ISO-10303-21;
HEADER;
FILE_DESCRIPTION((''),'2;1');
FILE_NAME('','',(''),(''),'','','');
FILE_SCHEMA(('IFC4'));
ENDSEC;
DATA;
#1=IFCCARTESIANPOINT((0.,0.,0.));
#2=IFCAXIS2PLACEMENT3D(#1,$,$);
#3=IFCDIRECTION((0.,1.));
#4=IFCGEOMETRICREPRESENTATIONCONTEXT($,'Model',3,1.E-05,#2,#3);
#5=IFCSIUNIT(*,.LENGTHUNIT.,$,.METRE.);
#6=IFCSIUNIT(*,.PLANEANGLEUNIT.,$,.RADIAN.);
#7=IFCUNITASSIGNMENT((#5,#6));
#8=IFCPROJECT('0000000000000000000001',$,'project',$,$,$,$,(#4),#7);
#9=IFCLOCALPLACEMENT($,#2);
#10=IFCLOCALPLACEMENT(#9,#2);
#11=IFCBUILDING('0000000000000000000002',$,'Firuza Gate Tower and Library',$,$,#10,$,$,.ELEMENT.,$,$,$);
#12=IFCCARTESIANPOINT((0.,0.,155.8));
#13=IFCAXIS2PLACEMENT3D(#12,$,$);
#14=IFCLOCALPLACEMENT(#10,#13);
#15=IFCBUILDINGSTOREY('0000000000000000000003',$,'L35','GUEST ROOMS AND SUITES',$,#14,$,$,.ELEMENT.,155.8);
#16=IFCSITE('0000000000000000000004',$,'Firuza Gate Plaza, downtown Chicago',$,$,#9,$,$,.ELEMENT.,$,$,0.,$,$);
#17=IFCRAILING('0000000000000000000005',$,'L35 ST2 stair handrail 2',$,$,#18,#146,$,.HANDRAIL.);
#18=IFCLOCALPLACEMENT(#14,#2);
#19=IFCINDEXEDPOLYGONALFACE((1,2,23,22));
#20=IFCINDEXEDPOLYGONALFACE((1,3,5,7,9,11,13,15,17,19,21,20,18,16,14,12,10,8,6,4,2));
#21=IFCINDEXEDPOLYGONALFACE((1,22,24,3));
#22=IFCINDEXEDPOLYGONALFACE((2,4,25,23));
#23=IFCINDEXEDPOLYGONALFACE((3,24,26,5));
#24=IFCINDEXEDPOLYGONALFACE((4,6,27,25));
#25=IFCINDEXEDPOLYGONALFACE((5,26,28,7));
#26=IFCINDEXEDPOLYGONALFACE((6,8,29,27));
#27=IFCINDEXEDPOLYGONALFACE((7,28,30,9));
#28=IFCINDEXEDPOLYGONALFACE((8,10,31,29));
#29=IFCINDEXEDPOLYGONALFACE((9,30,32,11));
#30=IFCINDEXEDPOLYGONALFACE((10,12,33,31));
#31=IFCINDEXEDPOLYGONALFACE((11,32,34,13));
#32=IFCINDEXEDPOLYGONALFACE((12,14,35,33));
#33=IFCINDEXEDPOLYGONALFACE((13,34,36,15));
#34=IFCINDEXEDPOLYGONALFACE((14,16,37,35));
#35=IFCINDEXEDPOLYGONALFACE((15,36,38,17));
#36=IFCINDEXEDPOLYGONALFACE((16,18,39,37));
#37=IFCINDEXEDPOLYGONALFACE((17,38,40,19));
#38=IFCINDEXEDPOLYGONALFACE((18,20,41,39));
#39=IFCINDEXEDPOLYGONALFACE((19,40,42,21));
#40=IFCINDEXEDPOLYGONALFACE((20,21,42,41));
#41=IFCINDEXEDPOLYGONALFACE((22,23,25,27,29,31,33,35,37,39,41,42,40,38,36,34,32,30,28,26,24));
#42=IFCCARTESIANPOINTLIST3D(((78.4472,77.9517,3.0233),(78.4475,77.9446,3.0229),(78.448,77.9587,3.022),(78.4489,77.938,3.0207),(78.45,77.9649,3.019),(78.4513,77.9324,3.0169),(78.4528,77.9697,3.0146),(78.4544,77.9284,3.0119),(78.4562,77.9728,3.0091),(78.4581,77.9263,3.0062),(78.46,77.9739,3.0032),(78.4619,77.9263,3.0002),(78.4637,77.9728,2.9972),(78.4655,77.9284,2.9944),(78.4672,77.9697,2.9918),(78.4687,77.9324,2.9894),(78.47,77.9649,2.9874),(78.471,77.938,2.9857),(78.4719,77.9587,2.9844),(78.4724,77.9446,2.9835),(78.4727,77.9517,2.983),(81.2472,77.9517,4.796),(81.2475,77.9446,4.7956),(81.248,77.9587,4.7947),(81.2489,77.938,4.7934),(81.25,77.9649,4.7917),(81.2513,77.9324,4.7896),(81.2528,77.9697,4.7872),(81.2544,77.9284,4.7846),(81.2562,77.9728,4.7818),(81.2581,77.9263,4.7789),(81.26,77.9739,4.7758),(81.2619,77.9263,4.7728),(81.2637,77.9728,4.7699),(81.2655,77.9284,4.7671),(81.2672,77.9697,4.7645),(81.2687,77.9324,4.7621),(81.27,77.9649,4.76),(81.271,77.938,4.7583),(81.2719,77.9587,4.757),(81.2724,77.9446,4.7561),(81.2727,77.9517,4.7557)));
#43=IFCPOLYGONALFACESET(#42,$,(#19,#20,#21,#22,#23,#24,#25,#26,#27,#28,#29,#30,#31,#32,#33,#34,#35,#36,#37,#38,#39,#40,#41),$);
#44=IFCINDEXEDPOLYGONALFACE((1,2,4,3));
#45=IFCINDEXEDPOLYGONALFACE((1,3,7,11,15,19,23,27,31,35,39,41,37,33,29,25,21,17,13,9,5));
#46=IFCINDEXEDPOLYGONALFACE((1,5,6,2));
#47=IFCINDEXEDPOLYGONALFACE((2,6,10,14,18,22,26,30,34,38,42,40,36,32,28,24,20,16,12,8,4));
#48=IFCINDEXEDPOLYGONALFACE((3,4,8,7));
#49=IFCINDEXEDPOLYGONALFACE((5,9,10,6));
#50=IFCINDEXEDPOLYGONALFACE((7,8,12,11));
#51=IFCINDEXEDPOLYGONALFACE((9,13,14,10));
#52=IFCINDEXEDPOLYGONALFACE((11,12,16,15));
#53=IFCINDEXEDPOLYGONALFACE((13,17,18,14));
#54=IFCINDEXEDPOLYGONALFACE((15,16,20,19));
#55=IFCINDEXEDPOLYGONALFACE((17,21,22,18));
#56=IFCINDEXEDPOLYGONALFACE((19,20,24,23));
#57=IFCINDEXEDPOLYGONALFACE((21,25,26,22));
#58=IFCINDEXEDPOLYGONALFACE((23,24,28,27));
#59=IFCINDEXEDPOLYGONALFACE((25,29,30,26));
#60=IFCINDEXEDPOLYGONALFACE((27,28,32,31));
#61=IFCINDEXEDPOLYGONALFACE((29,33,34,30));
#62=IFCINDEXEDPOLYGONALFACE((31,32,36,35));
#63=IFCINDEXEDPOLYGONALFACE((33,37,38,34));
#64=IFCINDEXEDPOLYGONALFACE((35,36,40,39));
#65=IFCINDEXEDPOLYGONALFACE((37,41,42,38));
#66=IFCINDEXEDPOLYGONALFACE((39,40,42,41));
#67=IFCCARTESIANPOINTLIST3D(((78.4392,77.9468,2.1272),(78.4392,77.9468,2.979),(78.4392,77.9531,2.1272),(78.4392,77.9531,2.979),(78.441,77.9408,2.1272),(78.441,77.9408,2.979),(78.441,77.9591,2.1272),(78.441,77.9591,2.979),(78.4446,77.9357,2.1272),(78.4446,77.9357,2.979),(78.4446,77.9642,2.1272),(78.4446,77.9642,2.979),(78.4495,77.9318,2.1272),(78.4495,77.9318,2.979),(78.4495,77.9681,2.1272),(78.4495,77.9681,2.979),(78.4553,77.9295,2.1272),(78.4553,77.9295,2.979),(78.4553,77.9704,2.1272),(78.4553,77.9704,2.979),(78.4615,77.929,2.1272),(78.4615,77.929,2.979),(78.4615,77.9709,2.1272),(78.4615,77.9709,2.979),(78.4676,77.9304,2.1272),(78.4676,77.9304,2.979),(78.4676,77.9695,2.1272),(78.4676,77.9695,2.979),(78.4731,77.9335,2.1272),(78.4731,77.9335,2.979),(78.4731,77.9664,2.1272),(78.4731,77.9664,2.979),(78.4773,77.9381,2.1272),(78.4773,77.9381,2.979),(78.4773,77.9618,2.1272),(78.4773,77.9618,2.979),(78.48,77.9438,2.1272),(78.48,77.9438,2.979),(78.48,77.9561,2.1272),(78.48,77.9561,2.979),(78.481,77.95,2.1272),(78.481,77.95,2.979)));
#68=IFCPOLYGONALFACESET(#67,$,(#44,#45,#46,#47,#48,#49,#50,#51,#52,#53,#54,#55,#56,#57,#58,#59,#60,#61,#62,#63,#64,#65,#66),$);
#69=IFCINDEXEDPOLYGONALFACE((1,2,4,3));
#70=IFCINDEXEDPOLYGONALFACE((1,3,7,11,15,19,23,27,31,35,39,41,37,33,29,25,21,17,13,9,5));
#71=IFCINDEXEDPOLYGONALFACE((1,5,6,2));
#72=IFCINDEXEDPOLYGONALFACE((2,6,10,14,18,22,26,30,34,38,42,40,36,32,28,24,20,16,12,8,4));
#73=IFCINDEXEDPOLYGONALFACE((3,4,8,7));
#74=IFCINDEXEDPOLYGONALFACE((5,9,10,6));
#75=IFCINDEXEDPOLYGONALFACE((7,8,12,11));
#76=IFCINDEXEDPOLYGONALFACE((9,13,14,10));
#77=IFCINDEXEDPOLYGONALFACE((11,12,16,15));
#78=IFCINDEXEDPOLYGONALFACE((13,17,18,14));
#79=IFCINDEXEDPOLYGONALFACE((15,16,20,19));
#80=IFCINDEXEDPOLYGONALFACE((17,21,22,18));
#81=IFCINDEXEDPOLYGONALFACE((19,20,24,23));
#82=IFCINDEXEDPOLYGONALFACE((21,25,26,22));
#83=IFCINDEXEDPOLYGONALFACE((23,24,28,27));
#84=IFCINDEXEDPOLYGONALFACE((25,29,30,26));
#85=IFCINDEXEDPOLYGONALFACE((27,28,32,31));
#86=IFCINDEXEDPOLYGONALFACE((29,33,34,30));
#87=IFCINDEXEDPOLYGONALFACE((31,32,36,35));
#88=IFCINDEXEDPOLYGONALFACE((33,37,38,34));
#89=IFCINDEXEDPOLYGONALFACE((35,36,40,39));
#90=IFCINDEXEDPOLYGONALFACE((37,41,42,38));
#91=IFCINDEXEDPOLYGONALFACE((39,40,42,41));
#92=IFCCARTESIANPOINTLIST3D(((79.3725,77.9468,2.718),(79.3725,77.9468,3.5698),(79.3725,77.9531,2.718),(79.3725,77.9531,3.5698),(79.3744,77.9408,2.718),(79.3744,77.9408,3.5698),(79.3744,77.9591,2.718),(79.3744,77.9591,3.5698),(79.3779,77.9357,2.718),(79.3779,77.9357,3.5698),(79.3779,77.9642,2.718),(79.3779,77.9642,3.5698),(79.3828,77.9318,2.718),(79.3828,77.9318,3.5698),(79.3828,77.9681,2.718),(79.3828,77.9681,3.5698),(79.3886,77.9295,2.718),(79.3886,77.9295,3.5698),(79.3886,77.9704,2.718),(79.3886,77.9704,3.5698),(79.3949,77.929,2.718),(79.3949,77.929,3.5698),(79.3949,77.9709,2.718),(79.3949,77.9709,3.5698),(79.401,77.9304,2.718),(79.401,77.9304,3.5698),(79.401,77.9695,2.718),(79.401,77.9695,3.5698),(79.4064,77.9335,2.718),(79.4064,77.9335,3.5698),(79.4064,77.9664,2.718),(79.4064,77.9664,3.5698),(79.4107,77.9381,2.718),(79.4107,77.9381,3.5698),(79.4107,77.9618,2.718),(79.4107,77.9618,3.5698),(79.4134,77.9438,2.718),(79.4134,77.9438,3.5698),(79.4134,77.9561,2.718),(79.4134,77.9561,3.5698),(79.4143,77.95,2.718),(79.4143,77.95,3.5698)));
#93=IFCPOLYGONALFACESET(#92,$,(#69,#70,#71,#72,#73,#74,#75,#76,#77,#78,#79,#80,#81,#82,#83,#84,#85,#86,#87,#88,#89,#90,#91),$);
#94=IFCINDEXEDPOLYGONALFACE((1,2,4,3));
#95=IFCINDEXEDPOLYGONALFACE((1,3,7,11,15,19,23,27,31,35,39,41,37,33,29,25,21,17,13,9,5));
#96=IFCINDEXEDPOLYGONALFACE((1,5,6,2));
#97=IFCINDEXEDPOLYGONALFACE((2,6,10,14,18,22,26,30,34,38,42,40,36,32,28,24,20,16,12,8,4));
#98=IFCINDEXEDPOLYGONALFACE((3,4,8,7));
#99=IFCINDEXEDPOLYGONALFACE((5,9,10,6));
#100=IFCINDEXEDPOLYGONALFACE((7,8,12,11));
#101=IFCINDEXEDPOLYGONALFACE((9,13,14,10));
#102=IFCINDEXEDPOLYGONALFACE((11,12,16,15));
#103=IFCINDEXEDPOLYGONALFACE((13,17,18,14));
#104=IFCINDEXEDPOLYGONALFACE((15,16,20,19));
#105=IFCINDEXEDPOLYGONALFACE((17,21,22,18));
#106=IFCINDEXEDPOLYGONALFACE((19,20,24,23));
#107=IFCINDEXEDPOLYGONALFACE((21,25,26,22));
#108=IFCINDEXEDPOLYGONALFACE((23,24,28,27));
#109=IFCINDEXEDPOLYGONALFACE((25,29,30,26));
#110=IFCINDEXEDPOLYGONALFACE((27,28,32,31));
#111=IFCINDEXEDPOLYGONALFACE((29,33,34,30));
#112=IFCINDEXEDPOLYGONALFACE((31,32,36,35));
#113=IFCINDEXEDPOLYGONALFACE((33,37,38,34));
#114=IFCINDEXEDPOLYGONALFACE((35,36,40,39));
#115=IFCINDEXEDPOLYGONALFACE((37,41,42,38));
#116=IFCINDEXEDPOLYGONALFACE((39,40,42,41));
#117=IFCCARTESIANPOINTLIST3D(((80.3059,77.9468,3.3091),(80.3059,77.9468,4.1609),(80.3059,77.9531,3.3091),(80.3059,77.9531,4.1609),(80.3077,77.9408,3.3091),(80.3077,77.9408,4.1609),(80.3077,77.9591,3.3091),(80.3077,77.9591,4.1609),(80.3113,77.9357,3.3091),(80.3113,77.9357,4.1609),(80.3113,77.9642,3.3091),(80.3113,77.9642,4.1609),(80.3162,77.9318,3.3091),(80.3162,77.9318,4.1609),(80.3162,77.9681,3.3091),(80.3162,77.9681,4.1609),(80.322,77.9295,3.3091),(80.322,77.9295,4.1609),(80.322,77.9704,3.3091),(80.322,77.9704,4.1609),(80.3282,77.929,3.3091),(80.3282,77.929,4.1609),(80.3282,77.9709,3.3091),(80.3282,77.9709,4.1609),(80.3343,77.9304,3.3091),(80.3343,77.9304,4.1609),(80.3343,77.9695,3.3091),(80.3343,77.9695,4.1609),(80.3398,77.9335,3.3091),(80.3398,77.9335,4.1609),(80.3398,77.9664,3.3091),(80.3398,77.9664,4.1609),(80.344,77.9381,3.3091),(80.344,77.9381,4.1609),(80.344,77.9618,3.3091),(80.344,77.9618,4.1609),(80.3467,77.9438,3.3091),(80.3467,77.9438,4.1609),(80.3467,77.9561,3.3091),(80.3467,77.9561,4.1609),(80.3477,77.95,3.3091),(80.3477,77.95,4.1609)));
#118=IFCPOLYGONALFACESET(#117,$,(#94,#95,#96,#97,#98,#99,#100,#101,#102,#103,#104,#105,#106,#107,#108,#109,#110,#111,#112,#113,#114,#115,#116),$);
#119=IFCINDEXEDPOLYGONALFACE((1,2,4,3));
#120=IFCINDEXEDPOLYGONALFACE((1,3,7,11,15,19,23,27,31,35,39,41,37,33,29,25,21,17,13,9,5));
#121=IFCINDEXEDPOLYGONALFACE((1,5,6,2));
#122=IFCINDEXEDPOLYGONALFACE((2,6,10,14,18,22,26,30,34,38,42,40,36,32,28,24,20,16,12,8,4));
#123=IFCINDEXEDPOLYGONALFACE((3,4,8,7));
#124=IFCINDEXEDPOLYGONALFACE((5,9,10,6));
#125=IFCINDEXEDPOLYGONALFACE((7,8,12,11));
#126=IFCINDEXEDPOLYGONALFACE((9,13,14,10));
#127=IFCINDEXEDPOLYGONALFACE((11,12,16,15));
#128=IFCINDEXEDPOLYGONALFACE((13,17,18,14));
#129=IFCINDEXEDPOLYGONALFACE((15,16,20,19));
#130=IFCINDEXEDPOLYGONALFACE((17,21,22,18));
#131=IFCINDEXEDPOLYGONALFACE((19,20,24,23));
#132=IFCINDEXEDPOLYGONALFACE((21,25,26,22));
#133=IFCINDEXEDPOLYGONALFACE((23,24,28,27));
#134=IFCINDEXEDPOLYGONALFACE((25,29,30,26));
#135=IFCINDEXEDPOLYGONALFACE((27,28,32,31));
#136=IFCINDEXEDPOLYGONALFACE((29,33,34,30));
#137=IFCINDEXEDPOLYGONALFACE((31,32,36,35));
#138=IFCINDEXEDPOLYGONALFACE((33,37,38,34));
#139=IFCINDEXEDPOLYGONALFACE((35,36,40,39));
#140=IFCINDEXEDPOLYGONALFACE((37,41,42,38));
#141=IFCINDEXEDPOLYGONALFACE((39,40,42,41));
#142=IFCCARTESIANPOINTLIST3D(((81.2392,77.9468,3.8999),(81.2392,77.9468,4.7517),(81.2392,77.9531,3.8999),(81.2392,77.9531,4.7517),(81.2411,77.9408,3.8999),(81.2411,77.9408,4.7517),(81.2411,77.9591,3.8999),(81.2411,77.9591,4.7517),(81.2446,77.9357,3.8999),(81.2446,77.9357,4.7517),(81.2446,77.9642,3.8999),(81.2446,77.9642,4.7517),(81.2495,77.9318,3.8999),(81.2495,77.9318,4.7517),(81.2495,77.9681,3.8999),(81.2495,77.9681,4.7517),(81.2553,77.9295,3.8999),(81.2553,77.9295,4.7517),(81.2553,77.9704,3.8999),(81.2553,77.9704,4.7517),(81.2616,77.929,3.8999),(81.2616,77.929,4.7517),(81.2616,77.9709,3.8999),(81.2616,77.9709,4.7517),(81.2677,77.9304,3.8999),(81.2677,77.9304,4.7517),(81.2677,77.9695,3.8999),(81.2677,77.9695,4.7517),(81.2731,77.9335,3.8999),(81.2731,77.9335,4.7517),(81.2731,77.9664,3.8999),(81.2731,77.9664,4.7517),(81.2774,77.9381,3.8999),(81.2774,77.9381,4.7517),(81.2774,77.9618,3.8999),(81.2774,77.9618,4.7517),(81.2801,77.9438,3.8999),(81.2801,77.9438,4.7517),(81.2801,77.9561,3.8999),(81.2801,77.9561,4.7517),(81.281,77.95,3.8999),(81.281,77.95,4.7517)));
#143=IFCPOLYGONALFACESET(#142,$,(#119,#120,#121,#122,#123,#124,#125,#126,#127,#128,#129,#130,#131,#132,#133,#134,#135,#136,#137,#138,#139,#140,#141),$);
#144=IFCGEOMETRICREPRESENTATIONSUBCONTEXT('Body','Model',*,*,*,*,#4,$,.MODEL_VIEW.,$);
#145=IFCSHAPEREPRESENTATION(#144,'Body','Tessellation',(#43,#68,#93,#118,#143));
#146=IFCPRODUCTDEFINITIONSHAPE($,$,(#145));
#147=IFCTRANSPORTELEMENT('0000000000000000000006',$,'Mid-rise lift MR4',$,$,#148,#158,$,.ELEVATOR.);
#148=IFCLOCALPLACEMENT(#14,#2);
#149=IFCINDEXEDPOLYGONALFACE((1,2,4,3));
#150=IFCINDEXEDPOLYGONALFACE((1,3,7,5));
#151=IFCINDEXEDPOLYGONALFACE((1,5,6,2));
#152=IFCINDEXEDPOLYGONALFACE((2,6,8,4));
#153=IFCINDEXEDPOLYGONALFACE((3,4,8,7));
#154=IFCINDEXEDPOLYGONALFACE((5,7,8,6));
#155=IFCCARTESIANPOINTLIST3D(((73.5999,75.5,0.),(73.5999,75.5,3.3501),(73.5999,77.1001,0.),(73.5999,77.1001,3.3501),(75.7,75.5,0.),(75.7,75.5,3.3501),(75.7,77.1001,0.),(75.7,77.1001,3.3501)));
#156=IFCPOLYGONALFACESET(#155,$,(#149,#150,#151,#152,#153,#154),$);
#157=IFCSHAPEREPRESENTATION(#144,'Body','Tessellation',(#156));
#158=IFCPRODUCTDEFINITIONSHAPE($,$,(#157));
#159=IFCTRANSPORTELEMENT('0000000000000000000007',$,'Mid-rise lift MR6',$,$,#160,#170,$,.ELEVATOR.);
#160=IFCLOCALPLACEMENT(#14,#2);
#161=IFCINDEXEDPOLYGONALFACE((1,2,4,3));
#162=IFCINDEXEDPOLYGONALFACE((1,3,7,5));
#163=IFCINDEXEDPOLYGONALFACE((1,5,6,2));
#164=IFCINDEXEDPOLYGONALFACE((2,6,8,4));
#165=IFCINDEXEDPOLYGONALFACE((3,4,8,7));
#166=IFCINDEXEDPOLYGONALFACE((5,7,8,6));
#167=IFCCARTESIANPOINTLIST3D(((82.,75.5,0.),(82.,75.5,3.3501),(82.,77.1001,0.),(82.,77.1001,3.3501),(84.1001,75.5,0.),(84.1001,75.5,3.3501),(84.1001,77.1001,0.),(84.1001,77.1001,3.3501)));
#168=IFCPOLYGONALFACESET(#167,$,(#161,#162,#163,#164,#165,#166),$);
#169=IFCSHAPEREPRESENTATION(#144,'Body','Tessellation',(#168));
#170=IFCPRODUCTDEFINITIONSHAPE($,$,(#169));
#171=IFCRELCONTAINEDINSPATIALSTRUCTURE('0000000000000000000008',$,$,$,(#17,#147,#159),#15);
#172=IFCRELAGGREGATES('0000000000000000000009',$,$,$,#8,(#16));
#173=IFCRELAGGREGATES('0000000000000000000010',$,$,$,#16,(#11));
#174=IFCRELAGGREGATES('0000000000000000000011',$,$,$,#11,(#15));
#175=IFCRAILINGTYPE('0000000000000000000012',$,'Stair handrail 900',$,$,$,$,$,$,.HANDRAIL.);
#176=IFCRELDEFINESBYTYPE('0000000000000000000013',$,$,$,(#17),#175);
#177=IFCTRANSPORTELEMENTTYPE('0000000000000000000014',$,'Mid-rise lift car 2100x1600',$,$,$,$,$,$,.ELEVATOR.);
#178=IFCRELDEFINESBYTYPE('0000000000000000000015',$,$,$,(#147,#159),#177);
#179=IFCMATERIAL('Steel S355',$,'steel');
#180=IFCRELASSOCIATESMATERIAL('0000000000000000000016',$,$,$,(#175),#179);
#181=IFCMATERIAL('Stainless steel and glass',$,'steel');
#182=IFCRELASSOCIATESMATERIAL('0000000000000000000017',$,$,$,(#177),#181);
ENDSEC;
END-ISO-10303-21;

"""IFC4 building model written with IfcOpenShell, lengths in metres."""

from ifc_helpers import new_model, si_unit, direction, frame, origin, origin_2d, place, context, subcontext, project, spatial, rectangle, circle, extrude, material, type_object, element, save


model = new_model("IFC4")

# Units and contexts
model_context = context("Model", 3, precision=1e-05, world=origin(), true_north=direction((0.0, 1.0)))
body_context = subcontext(model_context, "Body", "Model", "MODEL_VIEW")
ifc_project = project(units=[si_unit("LENGTHUNIT", "METRE"), si_unit("PLANEANGLEUNIT", "RADIAN")], contexts=[model_context])

# Site, building, storey
site_placement = place(None, origin())
site = spatial("IfcSite", under=ifc_project, at=site_placement, Name="Firuza Gate Plaza, downtown Chicago", CompositionType="ELEMENT", RefElevation=0.0)
building_placement = place(site_placement, origin())
building = spatial("IfcBuilding", under=site, at=building_placement, Name="Firuza Gate Tower and Library", CompositionType="ELEMENT")
storey_placement = place(building_placement, frame((0.0, 0.0, 155.8)))
storey = spatial("IfcBuildingStorey", under=building, at=storey_placement, Name="L35", Description="GUEST ROOMS AND SUITES", CompositionType="ELEMENT", Elevation=155.8)

# Railing
ifc_material_1 = material(Name="Steel S355", Category="steel")
railing_type_1 = type_object("IfcRailingType", Name="Stair handrail 900", PredefinedType="HANDRAIL", material=ifc_material_1)
railing_1_placement = place(storey_placement, frame((78.46, 77.95, 2.1272)))
element("IfcRailing", 1, at=railing_1_placement, inside=storey, type_object=railing_type_1, Name="L35 ST2 stair handrail 2", PredefinedType="HANDRAIL", context=body_context, shape_type="SweptSolid", body=[
    extrude(circle(Radius=0.0239, at=origin_2d()), frame((0.0, 0.0, 0.876), z_axis=(0.844909, 0.0, 0.53491), x_axis=(0.0, 1.0, 0.0)), (0.0, 0.0, 1.0), 3.314),
    extrude(circle(Radius=0.021, at=origin_2d()), origin(), (0.0, 0.0, 1.0), 0.8518),
    extrude(circle(Radius=0.021, at=origin_2d()), frame((0.9333, 0.0, 0.5908)), (0.0, 0.0, 1.0), 0.8518),
    extrude(circle(Radius=0.021, at=origin_2d()), frame((1.8667, 0.0, 1.1819)), (0.0, 0.0, 1.0), 0.8518),
    extrude(circle(Radius=0.021, at=origin_2d()), frame((2.8, 0.0, 1.7727)), (0.0, 0.0, 1.0), 0.8518),
])

# Transport elements
ifc_material_2 = material(Name="Stainless steel and glass", Category="steel")
transport_element_type = type_object("IfcTransportElementType", Name="Mid-rise lift car 2100x1600", PredefinedType="ELEVATOR", material=ifc_material_2)
for number, where, z_axis, x_axis, name in (
    (2, (74.6499, 76.3, 0.0), (0.0, 0.0, 1.0), (1.0, 0.0, 0.0), "Mid-rise lift MR4"),
    (3, (83.05, 76.3, 0.0), (0.0, 0.0, 1.0), (1.0, 0.0, 0.0), "Mid-rise lift MR6"),
):
    element("IfcTransportElement", number, at=place(storey_placement, frame(where, z_axis=z_axis, x_axis=x_axis)), inside=storey, type_object=transport_element_type, Name=name, PredefinedType="ELEVATOR", context=body_context, shape_type="SweptSolid", body=[
        extrude(rectangle(XDim=2.1001, YDim=1.6001, at=origin_2d()), origin(), (0.0, 0.0, 1.0), 3.3501),
    ])

save(model, "model.ifc")
